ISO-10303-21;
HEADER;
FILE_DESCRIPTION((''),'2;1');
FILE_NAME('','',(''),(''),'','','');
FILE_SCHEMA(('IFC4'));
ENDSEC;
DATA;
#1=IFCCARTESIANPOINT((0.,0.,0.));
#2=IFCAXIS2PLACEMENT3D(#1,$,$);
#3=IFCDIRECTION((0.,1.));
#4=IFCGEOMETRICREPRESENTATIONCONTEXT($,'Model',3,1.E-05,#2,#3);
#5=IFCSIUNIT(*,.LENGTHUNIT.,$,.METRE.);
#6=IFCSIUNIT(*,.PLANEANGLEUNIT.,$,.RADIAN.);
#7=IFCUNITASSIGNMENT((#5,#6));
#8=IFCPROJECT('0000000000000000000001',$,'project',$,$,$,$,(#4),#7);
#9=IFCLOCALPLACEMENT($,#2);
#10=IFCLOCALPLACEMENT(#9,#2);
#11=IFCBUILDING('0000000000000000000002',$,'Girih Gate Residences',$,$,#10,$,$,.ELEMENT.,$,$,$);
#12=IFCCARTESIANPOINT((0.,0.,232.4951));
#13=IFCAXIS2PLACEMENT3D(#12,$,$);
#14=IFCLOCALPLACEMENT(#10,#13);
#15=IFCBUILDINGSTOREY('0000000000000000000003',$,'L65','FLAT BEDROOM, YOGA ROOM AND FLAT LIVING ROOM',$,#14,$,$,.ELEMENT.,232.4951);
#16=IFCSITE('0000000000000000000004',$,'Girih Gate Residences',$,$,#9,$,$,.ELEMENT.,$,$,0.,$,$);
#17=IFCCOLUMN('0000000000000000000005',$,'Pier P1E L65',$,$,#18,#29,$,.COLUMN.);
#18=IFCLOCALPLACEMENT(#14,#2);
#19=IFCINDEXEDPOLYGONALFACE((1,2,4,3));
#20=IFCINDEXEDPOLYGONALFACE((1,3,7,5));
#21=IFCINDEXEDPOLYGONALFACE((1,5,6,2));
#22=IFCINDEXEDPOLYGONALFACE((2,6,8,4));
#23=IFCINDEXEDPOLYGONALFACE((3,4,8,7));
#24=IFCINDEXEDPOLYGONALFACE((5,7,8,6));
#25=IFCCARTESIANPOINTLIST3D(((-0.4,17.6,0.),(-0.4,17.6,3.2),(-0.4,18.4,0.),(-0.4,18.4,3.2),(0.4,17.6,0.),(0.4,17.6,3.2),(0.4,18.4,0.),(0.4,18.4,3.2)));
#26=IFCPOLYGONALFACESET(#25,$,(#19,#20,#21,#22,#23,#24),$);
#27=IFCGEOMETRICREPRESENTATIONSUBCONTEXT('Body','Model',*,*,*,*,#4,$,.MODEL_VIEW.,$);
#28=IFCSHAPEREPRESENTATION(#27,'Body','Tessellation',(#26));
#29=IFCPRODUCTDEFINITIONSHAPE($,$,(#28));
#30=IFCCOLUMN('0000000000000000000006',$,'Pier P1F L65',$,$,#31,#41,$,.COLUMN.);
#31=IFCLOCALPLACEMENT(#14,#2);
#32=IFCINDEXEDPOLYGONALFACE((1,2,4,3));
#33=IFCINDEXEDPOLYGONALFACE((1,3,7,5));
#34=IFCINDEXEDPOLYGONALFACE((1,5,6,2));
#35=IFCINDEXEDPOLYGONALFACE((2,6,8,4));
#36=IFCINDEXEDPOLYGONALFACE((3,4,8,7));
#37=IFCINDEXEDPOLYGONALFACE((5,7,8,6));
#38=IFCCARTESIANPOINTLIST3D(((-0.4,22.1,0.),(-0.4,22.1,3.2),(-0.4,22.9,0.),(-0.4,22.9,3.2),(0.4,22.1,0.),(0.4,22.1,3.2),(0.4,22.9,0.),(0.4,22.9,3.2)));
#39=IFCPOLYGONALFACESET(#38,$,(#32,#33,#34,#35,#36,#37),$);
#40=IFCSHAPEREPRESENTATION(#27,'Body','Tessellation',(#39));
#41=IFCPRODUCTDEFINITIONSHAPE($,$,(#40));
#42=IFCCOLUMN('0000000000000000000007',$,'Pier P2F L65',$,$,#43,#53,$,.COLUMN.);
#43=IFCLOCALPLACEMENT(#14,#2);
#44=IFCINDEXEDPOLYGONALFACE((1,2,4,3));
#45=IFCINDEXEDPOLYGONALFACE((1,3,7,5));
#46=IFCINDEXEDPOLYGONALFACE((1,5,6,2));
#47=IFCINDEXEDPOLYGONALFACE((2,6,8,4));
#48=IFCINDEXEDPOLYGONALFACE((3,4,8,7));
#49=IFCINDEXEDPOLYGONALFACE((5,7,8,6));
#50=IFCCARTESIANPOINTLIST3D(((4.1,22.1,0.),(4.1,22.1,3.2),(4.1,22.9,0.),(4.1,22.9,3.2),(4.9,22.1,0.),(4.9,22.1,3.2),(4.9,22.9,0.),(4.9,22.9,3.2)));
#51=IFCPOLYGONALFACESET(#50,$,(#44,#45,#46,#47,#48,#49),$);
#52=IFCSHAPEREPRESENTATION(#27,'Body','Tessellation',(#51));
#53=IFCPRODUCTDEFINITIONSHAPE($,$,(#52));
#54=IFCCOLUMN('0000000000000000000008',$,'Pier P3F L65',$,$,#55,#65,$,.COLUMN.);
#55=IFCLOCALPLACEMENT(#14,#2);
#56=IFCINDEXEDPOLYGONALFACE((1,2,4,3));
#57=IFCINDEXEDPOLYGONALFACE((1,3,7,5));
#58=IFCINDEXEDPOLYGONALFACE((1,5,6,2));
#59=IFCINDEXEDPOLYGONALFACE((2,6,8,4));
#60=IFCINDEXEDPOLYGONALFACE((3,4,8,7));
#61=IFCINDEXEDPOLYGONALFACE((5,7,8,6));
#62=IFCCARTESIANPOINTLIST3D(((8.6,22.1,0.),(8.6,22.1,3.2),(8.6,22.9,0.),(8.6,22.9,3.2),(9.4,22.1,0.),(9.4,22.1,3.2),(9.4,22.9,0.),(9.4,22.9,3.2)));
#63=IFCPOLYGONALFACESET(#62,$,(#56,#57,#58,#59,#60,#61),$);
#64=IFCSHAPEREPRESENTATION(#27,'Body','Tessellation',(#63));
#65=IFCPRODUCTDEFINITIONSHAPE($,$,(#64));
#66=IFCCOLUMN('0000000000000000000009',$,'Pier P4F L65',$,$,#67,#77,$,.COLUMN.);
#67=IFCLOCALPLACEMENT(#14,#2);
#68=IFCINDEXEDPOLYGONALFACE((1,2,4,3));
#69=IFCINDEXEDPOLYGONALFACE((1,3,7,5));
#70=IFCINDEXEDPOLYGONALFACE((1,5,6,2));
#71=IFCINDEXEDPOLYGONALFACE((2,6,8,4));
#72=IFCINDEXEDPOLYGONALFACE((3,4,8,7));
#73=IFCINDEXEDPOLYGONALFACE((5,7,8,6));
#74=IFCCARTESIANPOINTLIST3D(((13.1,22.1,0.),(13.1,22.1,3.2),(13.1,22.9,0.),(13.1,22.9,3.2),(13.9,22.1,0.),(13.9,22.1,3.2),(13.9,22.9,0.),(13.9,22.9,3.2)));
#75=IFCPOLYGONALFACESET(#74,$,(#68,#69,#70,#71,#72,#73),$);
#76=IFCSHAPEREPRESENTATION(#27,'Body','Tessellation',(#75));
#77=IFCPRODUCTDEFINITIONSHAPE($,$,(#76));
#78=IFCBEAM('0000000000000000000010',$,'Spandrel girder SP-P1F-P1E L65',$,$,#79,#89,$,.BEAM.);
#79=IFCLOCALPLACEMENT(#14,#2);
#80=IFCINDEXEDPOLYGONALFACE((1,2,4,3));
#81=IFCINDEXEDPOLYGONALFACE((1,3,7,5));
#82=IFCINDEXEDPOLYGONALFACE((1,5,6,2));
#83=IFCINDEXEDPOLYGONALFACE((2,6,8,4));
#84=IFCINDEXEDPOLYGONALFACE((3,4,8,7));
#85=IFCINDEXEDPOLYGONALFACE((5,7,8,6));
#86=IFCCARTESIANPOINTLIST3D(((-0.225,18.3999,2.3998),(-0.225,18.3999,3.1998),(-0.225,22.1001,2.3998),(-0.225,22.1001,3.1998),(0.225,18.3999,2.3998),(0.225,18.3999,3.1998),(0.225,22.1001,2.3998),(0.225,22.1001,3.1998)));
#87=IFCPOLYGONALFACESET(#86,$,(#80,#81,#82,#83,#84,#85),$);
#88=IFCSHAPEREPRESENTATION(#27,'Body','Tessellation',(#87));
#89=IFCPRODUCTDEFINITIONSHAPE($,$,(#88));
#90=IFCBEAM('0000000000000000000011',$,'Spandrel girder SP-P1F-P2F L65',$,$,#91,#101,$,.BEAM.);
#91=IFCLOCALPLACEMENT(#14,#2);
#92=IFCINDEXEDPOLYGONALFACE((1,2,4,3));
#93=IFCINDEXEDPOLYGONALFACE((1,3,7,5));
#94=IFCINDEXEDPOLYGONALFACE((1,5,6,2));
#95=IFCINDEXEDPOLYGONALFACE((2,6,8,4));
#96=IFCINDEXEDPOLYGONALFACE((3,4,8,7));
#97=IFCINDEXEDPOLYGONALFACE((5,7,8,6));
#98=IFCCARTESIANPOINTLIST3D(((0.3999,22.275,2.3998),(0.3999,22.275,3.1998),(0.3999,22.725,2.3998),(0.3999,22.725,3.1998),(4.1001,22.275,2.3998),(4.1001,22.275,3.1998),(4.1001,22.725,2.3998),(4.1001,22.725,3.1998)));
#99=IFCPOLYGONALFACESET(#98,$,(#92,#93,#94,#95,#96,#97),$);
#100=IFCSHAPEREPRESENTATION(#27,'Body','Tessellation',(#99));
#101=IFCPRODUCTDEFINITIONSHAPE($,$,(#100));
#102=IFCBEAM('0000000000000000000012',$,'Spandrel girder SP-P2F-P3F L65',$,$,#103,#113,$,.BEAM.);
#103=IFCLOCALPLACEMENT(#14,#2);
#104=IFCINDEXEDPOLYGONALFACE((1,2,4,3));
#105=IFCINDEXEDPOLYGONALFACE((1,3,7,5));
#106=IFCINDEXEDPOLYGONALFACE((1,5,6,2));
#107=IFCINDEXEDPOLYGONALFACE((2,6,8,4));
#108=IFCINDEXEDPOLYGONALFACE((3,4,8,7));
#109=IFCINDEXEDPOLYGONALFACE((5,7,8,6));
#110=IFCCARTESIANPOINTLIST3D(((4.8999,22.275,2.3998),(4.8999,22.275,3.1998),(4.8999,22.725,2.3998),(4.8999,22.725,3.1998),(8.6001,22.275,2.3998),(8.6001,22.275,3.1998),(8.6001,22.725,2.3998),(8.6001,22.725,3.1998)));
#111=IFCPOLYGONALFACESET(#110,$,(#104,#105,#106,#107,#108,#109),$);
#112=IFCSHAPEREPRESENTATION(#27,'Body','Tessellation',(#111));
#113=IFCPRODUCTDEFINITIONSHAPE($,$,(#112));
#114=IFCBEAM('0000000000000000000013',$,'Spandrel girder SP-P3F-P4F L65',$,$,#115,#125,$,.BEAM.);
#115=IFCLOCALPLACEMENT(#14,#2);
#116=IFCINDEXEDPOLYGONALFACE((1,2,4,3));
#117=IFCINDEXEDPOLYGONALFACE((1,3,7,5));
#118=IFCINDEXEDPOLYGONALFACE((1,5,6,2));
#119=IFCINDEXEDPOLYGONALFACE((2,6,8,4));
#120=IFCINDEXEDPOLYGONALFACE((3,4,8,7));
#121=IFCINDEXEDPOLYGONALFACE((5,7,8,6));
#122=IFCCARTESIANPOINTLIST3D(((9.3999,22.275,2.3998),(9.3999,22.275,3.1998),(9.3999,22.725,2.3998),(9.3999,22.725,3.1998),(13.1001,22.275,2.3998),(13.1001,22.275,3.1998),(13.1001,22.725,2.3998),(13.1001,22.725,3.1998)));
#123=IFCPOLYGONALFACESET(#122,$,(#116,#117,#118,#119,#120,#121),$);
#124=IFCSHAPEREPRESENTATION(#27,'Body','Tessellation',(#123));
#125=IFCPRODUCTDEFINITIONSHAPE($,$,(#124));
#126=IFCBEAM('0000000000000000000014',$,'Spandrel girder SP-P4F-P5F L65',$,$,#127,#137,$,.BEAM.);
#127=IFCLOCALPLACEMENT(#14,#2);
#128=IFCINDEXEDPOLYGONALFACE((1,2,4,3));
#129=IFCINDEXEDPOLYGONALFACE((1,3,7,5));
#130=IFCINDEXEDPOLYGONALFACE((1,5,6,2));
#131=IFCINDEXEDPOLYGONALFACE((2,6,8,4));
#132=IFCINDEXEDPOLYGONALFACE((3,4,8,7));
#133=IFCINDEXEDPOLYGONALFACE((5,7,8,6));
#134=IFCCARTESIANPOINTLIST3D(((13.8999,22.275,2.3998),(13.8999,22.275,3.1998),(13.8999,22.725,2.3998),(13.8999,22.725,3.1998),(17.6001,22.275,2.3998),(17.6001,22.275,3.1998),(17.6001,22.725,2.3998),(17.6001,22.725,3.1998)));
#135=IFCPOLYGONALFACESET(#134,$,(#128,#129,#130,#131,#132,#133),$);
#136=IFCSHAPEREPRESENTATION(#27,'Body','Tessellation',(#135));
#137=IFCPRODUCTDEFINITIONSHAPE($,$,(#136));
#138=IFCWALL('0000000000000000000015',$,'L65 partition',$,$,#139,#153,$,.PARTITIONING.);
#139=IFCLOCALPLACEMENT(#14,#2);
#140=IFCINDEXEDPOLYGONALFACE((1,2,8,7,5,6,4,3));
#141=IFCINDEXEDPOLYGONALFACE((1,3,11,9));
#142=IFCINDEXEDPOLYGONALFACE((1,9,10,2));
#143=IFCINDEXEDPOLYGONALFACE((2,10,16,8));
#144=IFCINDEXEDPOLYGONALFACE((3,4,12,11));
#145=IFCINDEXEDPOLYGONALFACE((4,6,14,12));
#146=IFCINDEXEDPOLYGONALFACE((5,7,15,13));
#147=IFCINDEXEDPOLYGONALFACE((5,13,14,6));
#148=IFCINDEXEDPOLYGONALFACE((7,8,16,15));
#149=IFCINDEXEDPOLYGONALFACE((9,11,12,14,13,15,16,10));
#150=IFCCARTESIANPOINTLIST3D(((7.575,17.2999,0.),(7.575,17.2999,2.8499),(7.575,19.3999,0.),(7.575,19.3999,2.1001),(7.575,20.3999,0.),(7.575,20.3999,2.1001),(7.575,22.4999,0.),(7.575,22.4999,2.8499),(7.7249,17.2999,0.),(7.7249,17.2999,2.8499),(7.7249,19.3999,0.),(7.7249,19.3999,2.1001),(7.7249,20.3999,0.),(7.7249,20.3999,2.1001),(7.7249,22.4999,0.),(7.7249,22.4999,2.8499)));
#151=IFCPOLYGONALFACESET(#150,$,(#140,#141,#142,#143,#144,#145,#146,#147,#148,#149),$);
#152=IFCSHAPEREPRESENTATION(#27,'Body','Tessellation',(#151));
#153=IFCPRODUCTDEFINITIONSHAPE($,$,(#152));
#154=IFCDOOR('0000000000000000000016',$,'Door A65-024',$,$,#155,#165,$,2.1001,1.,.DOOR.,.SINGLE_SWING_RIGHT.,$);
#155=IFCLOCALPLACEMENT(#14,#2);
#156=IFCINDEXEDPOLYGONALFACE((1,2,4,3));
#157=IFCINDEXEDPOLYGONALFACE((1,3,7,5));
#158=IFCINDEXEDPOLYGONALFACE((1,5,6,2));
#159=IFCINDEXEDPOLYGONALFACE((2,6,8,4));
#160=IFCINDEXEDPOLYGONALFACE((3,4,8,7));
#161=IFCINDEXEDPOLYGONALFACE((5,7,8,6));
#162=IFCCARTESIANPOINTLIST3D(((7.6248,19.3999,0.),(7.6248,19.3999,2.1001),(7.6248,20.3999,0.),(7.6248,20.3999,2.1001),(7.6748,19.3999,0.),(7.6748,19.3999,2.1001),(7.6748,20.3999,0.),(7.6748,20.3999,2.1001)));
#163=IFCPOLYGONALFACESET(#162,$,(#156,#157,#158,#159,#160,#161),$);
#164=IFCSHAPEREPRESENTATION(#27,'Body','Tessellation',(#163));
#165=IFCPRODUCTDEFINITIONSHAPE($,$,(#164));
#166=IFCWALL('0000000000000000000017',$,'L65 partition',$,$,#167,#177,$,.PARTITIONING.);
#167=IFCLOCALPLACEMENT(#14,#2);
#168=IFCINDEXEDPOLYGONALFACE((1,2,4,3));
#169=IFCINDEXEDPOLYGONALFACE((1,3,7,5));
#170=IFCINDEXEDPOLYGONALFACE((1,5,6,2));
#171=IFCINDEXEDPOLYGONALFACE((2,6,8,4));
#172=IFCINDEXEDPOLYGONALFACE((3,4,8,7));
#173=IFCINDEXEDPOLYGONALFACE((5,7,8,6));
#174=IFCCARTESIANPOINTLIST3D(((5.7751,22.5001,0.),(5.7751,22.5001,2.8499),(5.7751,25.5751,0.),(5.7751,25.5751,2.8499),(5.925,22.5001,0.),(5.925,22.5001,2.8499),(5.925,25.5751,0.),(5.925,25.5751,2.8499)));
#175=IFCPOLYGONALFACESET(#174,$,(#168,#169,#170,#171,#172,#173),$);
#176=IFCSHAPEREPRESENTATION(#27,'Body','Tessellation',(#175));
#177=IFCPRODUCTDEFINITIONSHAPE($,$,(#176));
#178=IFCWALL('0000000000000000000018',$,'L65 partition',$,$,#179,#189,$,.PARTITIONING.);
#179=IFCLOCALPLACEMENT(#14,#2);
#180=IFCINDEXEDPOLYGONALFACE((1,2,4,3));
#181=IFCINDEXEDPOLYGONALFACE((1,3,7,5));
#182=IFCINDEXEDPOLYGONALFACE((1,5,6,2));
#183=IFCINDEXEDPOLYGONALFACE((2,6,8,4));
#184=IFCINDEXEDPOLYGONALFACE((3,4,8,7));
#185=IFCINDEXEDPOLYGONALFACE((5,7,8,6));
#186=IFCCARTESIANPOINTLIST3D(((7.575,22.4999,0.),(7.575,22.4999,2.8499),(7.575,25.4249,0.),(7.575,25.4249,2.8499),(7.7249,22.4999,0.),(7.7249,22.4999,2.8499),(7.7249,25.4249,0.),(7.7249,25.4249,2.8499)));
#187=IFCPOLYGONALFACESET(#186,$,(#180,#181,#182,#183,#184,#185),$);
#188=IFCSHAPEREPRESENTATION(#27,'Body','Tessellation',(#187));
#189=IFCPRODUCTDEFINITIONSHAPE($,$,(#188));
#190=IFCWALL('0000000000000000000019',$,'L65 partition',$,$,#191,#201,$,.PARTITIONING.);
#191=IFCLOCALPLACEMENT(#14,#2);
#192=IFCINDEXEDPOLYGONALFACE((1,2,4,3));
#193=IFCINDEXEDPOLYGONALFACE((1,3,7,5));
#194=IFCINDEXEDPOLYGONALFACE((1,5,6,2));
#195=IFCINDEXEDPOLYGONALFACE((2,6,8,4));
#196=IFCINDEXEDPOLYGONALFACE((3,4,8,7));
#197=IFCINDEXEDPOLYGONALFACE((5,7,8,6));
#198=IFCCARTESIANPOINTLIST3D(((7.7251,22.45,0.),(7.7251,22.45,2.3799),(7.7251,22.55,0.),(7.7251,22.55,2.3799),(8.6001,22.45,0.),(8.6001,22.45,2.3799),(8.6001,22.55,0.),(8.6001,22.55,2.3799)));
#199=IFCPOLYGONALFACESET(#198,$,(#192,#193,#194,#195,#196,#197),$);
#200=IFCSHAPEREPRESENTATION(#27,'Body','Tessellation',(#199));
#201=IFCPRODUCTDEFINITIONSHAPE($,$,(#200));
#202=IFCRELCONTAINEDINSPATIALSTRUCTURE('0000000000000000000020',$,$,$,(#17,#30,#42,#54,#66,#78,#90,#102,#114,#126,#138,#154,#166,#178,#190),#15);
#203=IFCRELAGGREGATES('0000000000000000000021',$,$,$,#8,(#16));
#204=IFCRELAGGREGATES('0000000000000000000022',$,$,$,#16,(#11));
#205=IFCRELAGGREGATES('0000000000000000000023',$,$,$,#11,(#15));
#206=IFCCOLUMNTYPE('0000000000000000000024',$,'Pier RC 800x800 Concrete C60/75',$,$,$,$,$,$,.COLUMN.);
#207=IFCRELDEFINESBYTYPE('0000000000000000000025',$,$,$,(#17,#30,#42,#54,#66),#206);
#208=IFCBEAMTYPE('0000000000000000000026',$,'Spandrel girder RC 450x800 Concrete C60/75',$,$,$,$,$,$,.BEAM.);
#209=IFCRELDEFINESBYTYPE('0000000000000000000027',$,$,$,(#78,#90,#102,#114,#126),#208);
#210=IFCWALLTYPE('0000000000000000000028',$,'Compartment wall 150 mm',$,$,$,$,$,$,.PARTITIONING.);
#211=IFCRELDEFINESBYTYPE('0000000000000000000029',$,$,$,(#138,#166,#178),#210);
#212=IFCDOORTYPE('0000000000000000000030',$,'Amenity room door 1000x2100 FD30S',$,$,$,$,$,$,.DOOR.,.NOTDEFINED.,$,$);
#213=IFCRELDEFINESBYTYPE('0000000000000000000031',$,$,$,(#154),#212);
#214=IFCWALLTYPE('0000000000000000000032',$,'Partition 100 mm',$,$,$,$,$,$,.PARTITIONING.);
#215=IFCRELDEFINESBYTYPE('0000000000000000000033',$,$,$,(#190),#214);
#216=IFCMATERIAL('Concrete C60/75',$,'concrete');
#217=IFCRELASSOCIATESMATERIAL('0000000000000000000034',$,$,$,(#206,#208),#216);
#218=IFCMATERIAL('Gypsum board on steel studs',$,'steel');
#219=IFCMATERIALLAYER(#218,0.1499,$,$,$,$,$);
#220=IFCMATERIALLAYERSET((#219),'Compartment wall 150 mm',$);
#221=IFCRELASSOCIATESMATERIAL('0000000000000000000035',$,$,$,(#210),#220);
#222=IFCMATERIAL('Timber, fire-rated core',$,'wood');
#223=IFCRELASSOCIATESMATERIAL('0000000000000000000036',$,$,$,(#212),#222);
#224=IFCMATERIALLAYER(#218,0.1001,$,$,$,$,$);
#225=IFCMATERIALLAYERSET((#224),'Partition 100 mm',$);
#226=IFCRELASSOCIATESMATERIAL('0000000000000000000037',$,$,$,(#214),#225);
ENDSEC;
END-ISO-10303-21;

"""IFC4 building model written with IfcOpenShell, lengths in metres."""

from ifc_helpers import new_model, si_unit, direction, frame, frame_2d, origin, origin_2d, place, context, subcontext, project, spatial, rectangle, extrude, material, layer, layer_set, material_profile, profile_set, type_object, element, fill, save


model = new_model("IFC4")

# Units and contexts
model_context = context("Model", 3, precision=1e-05, world=origin(), true_north=direction((0.0, 1.0)))
body_context = subcontext(model_context, "Body", "Model", "MODEL_VIEW")
ifc_project = project(units=[si_unit("LENGTHUNIT", "METRE"), si_unit("PLANEANGLEUNIT", "RADIAN")], contexts=[model_context])

# Site, building, storey
site_placement = place(None, origin())
site = spatial("IfcSite", under=ifc_project, at=site_placement, Name="Girih Gate Residences", CompositionType="ELEMENT", RefElevation=0.0)
building_placement = place(site_placement, origin())
building = spatial("IfcBuilding", under=site, at=building_placement, Name="Girih Gate Residences", CompositionType="ELEMENT")
storey_placement = place(building_placement, frame((0.0, 0.0, 232.4951)))
storey = spatial("IfcBuildingStorey", under=building, at=storey_placement, Name="L65", Description="FLAT BEDROOM, YOGA ROOM AND FLAT LIVING ROOM", CompositionType="ELEMENT", Elevation=232.4951)

# Columns
ifc_material_1 = material(Name="Concrete C60/75", Category="concrete")
ifc_material_profile_1 = material_profile(ifc_material_1, rectangle(XDim=0.8, YDim=0.8, at=origin_2d()))
ifc_profile_set_1 = profile_set([ifc_material_profile_1], Name="Concrete C60/75")
column_type = type_object("IfcColumnType", Name="Pier RC 800x800 Concrete C60/75", PredefinedType="COLUMN", material=ifc_profile_set_1)
for number, where, z_axis, x_axis, name in (
    (1, (0.0, 18.0, 0.0), (0.0, 0.0, 1.0), (1.0, 0.0, 0.0), "Pier P1E L65"),
    (2, (0.0, 22.5, 0.0), (0.0, 0.0, 1.0), (1.0, 0.0, 0.0), "Pier P1F L65"),
    (3, (4.5, 22.5, 0.0), (0.0, 0.0, 1.0), (1.0, 0.0, 0.0), "Pier P2F L65"),
    (4, (9.0, 22.5, 0.0), (0.0, 0.0, 1.0), (1.0, 0.0, 0.0), "Pier P3F L65"),
    (5, (13.5, 22.5, 0.0), (0.0, 0.0, 1.0), (1.0, 0.0, 0.0), "Pier P4F L65"),
):
    element("IfcColumn", number, at=place(storey_placement, frame(where, z_axis=z_axis, x_axis=x_axis)), inside=storey, type_object=column_type, Name=name, PredefinedType="COLUMN", context=body_context, shape_type="SweptSolid", body=[
        extrude(rectangle(XDim=0.8, YDim=0.8, at=origin_2d()), origin(), (0.0, 0.0, 1.0), 3.2),
    ])

# Beams
ifc_material_profile_2 = material_profile(ifc_material_1, rectangle(XDim=0.45, YDim=0.8, at=origin_2d()))
ifc_profile_set_2 = profile_set([ifc_material_profile_2], Name="Concrete C60/75")
beam_type = type_object("IfcBeamType", Name="Spandrel girder RC 450x800 Concrete C60/75", PredefinedType="BEAM", material=ifc_profile_set_2)
for number, where, z_axis, x_axis, name in (
    (6, (0.0, 22.1001, 2.7998), (0.0, -1.0, 0.0), (1.0, 0.0, 0.0), "Spandrel girder SP-P1F-P1E L65"),
    (7, (0.3999, 22.5, 2.7998), (1.0, 0.0, 0.0), (0.0, 1.0, 0.0), "Spandrel girder SP-P1F-P2F L65"),
    (8, (4.8999, 22.5, 2.7998), (1.0, 0.0, 0.0), (0.0, 1.0, 0.0), "Spandrel girder SP-P2F-P3F L65"),
    (9, (9.3999, 22.5, 2.7998), (1.0, 0.0, 0.0), (0.0, 1.0, 0.0), "Spandrel girder SP-P3F-P4F L65"),
    (10, (13.8999, 22.5, 2.7998), (1.0, 0.0, 0.0), (0.0, 1.0, 0.0), "Spandrel girder SP-P4F-P5F L65"),
):
    element("IfcBeam", number, at=place(storey_placement, frame(where, z_axis=z_axis, x_axis=x_axis)), inside=storey, type_object=beam_type, Name=name, PredefinedType="BEAM", context=body_context, shape_type="SweptSolid", body=[
        extrude(rectangle(XDim=0.45, YDim=0.8, at=origin_2d()), origin(), (0.0, 0.0, 1.0), 3.7002),
    ])

# Wall, opening, door
ifc_material_2 = material(Name="Gypsum board on steel studs", Category="steel")
ifc_layer_1 = layer(ifc_material_2, 0.1499)
ifc_layer_set_1 = layer_set([ifc_layer_1], Name="Compartment wall 150 mm")
wall_type_1 = type_object("IfcWallType", Name="Compartment wall 150 mm", PredefinedType="PARTITIONING", material=ifc_layer_set_1)
wall_1_placement = place(storey_placement, frame((7.6499, 22.5, 0.0), z_axis=(0.0, 0.0, 1.0), x_axis=(0.0, -1.0, 0.0)))
wall_1 = element("IfcWall", 11, at=wall_1_placement, inside=storey, type_object=wall_type_1, Name="L65 partition", PredefinedType="PARTITIONING", context=body_context, shape_type="SweptSolid", body=[
    extrude(rectangle(XDim=5.2, YDim=0.1499, at=frame_2d((2.6001, 0.0))), origin(), (0.0, 0.0, 1.0), 2.8499),
])
opening_1_placement = place(wall_1_placement, frame((2.1001, 0.0, 0.0)))
opening_1 = element("IfcOpeningElement", 12, at=opening_1_placement, cuts=wall_1, PredefinedType="OPENING", context=body_context, shape_type="SweptSolid", body=[
    extrude(rectangle(XDim=1.0, YDim=2.1001, at=frame_2d((0.5, 1.05))), frame((0.0, 0.085, 0.0), z_axis=(0.0, -1.0, 0.0), x_axis=(1.0, 0.0, 0.0)), (0.0, 0.0, 1.0), 0.1699),
])
ifc_material_3 = material(Name="Timber, fire-rated core", Category="wood")
door_type = type_object("IfcDoorType", Name="Amenity room door 1000x2100 FD30S", OperationType="NOTDEFINED", PredefinedType="DOOR", material=ifc_material_3)
door_placement = place(opening_1_placement, origin())
door = element("IfcDoor", 13, at=door_placement, inside=storey, type_object=door_type, Name="Door A65-024", OperationType="SINGLE_SWING_RIGHT", OverallHeight=2.1001, OverallWidth=1.0, PredefinedType="DOOR", context=body_context, shape_type="SweptSolid", body=[
    extrude(rectangle(XDim=1.0, YDim=2.1001, at=frame_2d((0.5, 1.05))), frame((0.0, 0.0249, 0.0), z_axis=(0.0, -1.0, 0.0), x_axis=(1.0, 0.0, 0.0)), (0.0, 0.0, 1.0), 0.05),
])
fill(opening_1, door)

# Walls
wall_2_placement = place(storey_placement, frame((5.8501, 22.5, 0.0), z_axis=(0.0, 0.0, 1.0), x_axis=(0.0, 1.0, 0.0)))
element("IfcWall", 14, at=wall_2_placement, inside=storey, type_object=wall_type_1, Name="L65 partition", PredefinedType="PARTITIONING", context=body_context, shape_type="SweptSolid", body=[
    extrude(rectangle(XDim=3.075, YDim=0.1499, at=frame_2d((1.5376, 0.0))), origin(), (0.0, 0.0, 1.0), 2.8499),
])
wall_3_placement = place(storey_placement, frame((7.6499, 22.5, 0.0), z_axis=(0.0, 0.0, 1.0), x_axis=(0.0, 1.0, 0.0)))
element("IfcWall", 15, at=wall_3_placement, inside=storey, type_object=wall_type_1, Name="L65 partition", PredefinedType="PARTITIONING", context=body_context, shape_type="SweptSolid", body=[
    extrude(rectangle(XDim=2.925, YDim=0.1499, at=frame_2d((1.4624, 0.0))), origin(), (0.0, 0.0, 1.0), 2.8499),
])
ifc_layer_2 = layer(ifc_material_2, 0.1001)
ifc_layer_set_2 = layer_set([ifc_layer_2], Name="Partition 100 mm")
wall_type_2 = type_object("IfcWallType", Name="Partition 100 mm", PredefinedType="PARTITIONING", material=ifc_layer_set_2)
wall_4_placement = place(storey_placement, frame((7.7251, 22.5, 0.0), z_axis=(0.0, 0.0, 1.0), x_axis=(1.0, 0.0, 0.0)))
element("IfcWall", 16, at=wall_4_placement, inside=storey, type_object=wall_type_2, Name="L65 partition", PredefinedType="PARTITIONING", context=body_context, shape_type="SweptSolid", body=[
    extrude(rectangle(XDim=0.875, YDim=0.1001, at=frame_2d((0.4375, 0.0))), origin(), (0.0, 0.0, 1.0), 2.3799),
])

save(model, "model.ifc")
